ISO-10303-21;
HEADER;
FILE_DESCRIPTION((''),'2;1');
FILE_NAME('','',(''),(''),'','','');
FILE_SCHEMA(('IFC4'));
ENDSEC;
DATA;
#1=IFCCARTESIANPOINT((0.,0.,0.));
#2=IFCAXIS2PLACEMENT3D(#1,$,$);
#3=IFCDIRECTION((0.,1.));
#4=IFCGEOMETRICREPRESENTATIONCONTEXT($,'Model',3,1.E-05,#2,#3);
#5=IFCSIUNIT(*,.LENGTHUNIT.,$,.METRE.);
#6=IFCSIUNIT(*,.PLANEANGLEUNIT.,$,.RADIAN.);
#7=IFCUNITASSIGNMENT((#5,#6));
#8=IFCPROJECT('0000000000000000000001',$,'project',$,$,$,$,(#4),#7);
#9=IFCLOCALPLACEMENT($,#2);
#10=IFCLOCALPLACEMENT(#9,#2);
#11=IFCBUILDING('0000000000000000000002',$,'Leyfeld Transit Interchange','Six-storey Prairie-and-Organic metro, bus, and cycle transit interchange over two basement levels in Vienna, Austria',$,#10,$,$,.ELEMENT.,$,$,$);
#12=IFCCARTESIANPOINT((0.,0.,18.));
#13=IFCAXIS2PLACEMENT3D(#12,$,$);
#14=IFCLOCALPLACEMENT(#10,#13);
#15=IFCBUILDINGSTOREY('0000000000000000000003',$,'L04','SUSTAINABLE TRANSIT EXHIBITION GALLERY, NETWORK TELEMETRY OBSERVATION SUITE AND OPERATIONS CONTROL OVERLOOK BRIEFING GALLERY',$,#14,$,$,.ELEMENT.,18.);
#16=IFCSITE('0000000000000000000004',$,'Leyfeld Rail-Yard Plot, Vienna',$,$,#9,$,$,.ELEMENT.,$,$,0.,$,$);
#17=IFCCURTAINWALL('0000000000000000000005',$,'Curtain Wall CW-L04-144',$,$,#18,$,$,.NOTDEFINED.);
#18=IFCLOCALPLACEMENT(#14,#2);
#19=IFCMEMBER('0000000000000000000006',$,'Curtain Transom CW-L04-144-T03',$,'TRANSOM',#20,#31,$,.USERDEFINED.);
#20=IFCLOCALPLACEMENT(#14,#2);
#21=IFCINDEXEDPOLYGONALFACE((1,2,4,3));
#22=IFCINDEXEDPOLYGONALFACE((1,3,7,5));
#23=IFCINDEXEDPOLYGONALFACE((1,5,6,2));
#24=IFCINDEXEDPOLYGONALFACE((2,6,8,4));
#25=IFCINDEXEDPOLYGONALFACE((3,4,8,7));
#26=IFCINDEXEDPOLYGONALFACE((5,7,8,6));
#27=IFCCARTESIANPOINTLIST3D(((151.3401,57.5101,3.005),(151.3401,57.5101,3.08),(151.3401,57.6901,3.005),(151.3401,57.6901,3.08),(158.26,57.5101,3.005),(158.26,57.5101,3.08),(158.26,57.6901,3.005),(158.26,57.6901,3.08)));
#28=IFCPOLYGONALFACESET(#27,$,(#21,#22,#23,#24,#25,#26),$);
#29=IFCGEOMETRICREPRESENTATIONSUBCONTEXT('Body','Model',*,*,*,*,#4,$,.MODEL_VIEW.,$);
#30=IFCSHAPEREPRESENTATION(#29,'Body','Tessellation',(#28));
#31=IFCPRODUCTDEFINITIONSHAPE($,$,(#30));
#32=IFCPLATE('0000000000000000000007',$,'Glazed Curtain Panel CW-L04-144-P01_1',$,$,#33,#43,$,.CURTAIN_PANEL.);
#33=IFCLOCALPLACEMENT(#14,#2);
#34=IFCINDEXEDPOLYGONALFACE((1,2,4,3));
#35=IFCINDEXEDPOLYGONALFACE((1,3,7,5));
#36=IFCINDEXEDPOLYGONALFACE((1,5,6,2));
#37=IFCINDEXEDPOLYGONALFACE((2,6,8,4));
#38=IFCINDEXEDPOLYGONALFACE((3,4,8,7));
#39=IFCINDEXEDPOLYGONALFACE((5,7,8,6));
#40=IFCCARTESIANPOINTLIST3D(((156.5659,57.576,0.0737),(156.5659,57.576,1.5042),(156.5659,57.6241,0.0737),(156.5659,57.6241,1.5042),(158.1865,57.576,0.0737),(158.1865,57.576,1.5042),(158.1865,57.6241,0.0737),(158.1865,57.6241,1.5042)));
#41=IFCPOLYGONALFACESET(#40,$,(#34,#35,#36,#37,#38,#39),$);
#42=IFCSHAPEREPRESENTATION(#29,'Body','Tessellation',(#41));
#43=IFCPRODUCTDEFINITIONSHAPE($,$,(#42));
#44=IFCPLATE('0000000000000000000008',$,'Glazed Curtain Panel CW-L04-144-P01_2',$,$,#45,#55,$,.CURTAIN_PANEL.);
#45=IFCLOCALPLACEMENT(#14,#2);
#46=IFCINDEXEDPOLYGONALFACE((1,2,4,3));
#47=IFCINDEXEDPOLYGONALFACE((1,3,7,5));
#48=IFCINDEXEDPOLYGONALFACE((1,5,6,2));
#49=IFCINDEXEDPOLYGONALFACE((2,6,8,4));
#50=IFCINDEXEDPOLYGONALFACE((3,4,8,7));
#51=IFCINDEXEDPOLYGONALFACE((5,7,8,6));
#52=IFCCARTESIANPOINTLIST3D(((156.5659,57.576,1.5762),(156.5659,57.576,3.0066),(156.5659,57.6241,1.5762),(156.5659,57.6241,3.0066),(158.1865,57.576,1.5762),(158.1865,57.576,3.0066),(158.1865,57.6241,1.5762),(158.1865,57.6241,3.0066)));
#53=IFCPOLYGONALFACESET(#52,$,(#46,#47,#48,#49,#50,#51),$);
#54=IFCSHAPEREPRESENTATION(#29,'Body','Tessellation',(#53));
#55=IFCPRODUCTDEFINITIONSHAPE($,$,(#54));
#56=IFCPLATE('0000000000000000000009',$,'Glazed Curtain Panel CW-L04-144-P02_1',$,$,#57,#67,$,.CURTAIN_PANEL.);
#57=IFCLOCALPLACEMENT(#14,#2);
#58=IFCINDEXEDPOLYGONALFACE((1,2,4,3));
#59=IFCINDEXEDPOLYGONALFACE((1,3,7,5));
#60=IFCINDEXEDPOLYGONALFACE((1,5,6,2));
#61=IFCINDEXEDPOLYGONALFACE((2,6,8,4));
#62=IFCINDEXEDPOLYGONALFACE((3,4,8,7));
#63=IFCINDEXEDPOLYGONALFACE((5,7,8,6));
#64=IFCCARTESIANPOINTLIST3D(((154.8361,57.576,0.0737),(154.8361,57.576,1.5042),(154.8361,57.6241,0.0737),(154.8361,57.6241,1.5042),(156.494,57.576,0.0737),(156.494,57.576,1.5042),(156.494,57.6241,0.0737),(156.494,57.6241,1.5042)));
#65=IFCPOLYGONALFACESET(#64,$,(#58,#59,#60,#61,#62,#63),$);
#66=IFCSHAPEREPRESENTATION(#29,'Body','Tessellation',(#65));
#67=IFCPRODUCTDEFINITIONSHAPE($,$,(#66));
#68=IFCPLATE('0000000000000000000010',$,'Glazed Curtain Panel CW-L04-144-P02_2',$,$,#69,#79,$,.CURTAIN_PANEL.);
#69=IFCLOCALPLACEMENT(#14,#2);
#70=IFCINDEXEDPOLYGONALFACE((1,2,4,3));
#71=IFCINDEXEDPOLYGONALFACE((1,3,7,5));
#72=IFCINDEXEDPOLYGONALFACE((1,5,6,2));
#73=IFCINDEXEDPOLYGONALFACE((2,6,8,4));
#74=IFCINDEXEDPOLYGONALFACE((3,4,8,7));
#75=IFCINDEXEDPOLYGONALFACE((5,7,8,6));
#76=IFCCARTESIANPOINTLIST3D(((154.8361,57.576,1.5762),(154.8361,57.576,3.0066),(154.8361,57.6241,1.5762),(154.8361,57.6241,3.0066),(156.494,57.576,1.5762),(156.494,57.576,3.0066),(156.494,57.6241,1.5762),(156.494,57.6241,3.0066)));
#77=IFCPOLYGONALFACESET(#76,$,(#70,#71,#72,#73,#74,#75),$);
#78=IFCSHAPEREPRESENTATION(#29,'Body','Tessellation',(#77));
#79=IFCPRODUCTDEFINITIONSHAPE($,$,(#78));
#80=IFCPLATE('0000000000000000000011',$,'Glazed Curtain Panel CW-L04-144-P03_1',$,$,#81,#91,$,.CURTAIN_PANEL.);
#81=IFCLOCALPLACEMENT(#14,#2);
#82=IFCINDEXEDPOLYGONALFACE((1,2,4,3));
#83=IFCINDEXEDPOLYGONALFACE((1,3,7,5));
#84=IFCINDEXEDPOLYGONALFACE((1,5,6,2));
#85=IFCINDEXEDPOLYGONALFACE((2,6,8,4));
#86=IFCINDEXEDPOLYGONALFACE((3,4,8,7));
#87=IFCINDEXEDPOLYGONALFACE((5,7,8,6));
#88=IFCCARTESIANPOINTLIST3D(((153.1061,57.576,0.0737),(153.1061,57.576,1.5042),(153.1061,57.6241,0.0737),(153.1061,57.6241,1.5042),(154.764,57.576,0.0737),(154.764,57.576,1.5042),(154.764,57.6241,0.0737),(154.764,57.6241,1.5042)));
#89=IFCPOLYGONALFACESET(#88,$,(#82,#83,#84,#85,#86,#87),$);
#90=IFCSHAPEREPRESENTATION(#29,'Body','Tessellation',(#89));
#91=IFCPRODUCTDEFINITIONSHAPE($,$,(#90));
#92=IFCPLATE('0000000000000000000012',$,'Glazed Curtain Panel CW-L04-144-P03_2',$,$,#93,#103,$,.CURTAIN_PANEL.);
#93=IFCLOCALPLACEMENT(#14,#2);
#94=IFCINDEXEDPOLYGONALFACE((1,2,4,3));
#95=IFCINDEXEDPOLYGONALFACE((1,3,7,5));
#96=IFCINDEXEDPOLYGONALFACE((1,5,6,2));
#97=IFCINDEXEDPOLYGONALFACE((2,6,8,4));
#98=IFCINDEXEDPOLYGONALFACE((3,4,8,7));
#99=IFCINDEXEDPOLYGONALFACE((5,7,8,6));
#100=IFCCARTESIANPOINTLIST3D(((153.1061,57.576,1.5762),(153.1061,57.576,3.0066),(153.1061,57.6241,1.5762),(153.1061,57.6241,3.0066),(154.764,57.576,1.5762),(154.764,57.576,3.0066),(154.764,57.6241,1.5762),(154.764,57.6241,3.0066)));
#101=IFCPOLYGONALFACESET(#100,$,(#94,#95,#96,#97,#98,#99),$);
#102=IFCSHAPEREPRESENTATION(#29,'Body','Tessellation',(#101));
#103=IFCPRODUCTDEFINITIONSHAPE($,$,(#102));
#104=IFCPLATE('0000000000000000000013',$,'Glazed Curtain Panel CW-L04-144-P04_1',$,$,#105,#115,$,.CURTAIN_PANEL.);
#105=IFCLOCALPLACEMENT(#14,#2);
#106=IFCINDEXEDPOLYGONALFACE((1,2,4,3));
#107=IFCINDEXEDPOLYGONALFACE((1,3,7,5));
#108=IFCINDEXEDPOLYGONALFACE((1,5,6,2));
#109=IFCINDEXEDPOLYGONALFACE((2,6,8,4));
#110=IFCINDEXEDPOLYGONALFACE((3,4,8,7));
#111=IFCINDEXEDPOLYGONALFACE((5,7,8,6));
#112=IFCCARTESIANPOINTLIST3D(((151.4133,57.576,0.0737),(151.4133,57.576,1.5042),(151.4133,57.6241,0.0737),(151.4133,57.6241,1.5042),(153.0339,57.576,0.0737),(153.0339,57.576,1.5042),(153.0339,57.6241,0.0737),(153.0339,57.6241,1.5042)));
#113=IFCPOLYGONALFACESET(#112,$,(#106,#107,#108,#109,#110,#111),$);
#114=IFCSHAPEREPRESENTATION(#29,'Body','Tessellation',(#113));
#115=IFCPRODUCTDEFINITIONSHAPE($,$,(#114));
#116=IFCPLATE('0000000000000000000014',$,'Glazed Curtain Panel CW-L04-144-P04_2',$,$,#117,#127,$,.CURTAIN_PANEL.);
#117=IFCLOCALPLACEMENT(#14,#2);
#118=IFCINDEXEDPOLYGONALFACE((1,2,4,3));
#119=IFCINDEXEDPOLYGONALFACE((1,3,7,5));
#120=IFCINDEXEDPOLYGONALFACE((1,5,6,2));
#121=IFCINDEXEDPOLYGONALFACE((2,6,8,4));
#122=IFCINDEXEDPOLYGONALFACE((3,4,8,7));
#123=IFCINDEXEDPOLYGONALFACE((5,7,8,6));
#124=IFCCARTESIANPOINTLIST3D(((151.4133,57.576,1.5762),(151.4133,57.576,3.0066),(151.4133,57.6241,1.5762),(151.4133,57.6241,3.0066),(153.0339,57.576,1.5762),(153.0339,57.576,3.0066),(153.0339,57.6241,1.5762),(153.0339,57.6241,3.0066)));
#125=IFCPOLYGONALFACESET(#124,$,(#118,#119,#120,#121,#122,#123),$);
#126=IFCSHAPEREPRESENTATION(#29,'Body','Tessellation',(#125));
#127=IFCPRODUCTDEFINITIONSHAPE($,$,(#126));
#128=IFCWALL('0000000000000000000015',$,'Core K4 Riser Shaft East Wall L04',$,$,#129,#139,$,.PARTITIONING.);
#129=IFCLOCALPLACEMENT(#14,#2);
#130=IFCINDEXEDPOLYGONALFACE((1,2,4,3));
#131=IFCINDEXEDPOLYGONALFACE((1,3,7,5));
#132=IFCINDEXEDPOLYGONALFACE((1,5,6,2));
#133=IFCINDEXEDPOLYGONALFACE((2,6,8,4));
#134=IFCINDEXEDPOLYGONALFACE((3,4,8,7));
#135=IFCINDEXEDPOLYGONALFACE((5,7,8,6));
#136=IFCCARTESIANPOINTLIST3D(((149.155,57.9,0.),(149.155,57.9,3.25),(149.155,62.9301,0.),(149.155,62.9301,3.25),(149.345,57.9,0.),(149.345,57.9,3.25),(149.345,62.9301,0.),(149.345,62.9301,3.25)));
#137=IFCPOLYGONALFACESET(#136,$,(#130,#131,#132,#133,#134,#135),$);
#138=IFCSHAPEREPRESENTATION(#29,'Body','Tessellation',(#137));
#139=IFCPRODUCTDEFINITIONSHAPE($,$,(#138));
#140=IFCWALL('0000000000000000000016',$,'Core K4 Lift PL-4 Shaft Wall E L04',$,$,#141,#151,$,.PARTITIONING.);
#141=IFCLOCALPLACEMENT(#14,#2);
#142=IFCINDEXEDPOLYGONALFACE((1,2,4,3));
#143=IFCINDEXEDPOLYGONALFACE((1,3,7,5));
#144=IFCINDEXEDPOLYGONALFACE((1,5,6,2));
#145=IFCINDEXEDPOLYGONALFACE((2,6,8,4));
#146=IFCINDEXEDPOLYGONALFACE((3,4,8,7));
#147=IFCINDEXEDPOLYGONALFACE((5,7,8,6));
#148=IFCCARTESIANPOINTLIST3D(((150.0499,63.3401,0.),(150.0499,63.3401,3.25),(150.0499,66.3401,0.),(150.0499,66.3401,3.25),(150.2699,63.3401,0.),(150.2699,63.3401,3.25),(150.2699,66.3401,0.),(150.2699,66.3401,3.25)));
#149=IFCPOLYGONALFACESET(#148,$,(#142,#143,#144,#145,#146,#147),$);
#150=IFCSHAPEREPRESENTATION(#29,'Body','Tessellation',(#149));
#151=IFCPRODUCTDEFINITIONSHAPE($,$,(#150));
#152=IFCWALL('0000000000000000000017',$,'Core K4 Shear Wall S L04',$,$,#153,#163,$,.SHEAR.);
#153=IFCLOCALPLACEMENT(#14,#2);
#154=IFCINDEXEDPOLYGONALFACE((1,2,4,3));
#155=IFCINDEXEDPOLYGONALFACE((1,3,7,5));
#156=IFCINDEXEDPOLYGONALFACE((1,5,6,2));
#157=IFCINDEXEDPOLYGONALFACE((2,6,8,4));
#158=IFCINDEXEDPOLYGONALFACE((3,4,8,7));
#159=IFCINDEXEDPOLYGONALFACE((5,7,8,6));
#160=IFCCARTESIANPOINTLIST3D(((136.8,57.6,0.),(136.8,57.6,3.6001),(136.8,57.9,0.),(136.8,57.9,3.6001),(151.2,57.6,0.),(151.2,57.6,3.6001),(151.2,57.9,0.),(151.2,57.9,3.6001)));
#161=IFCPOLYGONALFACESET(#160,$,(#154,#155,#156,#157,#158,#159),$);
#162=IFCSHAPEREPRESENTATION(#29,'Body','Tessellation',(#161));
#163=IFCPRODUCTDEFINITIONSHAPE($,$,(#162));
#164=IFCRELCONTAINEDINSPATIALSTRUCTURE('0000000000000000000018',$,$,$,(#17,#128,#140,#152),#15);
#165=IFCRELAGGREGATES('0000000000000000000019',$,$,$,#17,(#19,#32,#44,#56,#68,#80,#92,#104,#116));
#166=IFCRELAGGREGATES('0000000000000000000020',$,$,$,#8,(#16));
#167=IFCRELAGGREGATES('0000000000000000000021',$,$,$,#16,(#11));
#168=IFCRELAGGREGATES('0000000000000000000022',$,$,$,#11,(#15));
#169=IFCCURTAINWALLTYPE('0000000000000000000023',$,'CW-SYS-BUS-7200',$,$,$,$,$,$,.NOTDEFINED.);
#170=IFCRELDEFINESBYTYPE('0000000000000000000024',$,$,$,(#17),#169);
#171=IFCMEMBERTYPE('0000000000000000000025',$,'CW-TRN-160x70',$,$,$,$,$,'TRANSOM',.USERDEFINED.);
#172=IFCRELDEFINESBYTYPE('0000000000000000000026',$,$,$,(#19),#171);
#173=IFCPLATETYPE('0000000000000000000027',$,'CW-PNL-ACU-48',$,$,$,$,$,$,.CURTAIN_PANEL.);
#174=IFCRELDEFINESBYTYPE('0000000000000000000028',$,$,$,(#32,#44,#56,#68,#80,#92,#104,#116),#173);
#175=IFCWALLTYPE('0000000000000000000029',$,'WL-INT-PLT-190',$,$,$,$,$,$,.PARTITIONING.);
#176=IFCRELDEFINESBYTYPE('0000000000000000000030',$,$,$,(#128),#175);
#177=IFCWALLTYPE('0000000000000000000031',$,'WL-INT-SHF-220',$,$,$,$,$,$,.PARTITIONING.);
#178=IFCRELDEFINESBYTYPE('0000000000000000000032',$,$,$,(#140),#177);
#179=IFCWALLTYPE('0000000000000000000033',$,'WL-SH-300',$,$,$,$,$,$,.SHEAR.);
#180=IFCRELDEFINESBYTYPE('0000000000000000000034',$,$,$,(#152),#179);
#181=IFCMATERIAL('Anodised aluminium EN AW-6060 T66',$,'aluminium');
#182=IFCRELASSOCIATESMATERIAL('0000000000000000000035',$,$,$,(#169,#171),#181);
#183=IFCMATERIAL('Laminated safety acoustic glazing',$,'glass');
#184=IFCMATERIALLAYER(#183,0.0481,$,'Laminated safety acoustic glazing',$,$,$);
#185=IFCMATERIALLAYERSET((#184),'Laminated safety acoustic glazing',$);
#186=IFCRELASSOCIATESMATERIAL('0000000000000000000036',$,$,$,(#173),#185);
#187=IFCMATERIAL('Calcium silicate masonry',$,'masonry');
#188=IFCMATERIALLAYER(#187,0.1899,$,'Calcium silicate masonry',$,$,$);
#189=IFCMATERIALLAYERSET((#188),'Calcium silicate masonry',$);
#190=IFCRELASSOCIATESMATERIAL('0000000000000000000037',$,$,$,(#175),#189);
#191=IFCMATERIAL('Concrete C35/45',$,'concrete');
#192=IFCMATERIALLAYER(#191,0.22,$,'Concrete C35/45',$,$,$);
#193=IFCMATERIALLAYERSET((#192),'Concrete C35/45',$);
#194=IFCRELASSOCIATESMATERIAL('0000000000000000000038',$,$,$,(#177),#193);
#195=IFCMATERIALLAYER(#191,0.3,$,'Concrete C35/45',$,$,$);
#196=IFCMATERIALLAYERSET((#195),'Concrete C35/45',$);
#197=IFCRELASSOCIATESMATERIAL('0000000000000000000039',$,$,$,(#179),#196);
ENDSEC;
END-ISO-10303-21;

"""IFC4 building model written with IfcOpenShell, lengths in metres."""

from ifc_helpers import new_model, si_unit, direction, frame, frame_2d, origin, origin_2d, place, context, subcontext, project, spatial, rectangle, extrude, material, layer, layer_set, material_profile, profile_set, type_object, element, aggregate, save


model = new_model("IFC4")

# Units and contexts
model_context = context("Model", 3, precision=1e-05, world=origin(), true_north=direction((0.0, 1.0)))
body_context = subcontext(model_context, "Body", "Model", "MODEL_VIEW")
ifc_project = project(units=[si_unit("LENGTHUNIT", "METRE"), si_unit("PLANEANGLEUNIT", "RADIAN")], contexts=[model_context])

# Site, building, storey
site_placement = place(None, origin())
site = spatial("IfcSite", under=ifc_project, at=site_placement, Name="Leyfeld Rail-Yard Plot, Vienna", CompositionType="ELEMENT", RefElevation=0.0)
building_placement = place(site_placement, origin())
building = spatial("IfcBuilding", under=site, at=building_placement, Name="Leyfeld Transit Interchange", Description="Six-storey Prairie-and-Organic metro, bus, and cycle transit interchange over two basement levels in Vienna, Austria", CompositionType="ELEMENT")
storey_placement = place(building_placement, frame((0.0, 0.0, 18.0)))
storey = spatial("IfcBuildingStorey", under=building, at=storey_placement, Name="L04", Description="SUSTAINABLE TRANSIT EXHIBITION GALLERY, NETWORK TELEMETRY OBSERVATION SUITE AND OPERATIONS CONTROL OVERLOOK BRIEFING GALLERY", CompositionType="ELEMENT", Elevation=18.0)

# Curtain wall, member, plates
ifc_material_1 = material(Name="Anodised aluminium EN AW-6060 T66", Category="aluminium")
curtain_wall_type = type_object("IfcCurtainWallType", Name="CW-SYS-BUS-7200", PredefinedType="NOTDEFINED", material=ifc_material_1)
curtain_wall_placement = place(storey_placement, origin())
curtain_wall = element("IfcCurtainWall", 1, at=curtain_wall_placement, inside=storey, type_object=curtain_wall_type, Name="Curtain Wall CW-L04-144", PredefinedType="NOTDEFINED")
ifc_material_profile_1 = material_profile(ifc_material_1, rectangle(XDim=0.1799, YDim=0.075, at=origin_2d()), Name="CW-TRN-160x70")
ifc_profile_set_1 = profile_set([ifc_material_profile_1], Name="Anodised aluminium EN AW-6060 T66")
member_type_1 = type_object("IfcMemberType", Name="CW-TRN-160x70", ElementType="TRANSOM", PredefinedType="USERDEFINED", material=ifc_profile_set_1)
member_1_placement = place(storey_placement, frame((158.26, 57.6001, 3.0425), z_axis=(-1.0, 0.0, 0.0), x_axis=(0.0, -1.0, 0.0)))
member_1 = element("IfcMember", 2, at=member_1_placement, type_object=member_type_1, Name="Curtain Transom CW-L04-144-T03", ObjectType="TRANSOM", PredefinedType="USERDEFINED", context=body_context, shape_type="SweptSolid", body=[
    extrude(rectangle(XDim=0.1799, YDim=0.075, at=origin_2d()), origin(), (0.0, 0.0, 1.0), 6.9199),
])
ifc_material_2 = material(Name="Laminated safety acoustic glazing", Category="glass")
ifc_layer_1 = layer(ifc_material_2, 0.0481, Name="Laminated safety acoustic glazing")
ifc_layer_set_1 = layer_set([ifc_layer_1], Name="Laminated safety acoustic glazing")
plate_type = type_object("IfcPlateType", Name="CW-PNL-ACU-48", PredefinedType="CURTAIN_PANEL", material=ifc_layer_set_1)
plate_1_placement = place(storey_placement, frame((157.3762, 57.6001, 0.0737), z_axis=(0.0, 0.0, 1.0), x_axis=(-1.0, 0.0, 0.0)))
plate_1 = element("IfcPlate", 3, at=plate_1_placement, type_object=plate_type, Name="Glazed Curtain Panel CW-L04-144-P01_1", PredefinedType="CURTAIN_PANEL", context=body_context, shape_type="SweptSolid", body=[
    extrude(rectangle(XDim=1.6206, YDim=0.0481, at=origin_2d()), origin(), (0.0, 0.0, 1.0), 1.4304),
])
plate_2_placement = place(storey_placement, frame((157.3762, 57.6001, 1.5762), z_axis=(0.0, 0.0, 1.0), x_axis=(-1.0, 0.0, 0.0)))
plate_2 = element("IfcPlate", 4, at=plate_2_placement, type_object=plate_type, Name="Glazed Curtain Panel CW-L04-144-P01_2", PredefinedType="CURTAIN_PANEL", context=body_context, shape_type="SweptSolid", body=[
    extrude(rectangle(XDim=1.6206, YDim=0.0481, at=origin_2d()), origin(), (0.0, 0.0, 1.0), 1.4304),
])
plate_3_placement = place(storey_placement, frame((155.665, 57.6001, 0.0737), z_axis=(0.0, 0.0, 1.0), x_axis=(-1.0, 0.0, 0.0)))
plate_3 = element("IfcPlate", 5, at=plate_3_placement, type_object=plate_type, Name="Glazed Curtain Panel CW-L04-144-P02_1", PredefinedType="CURTAIN_PANEL", context=body_context, shape_type="SweptSolid", body=[
    extrude(rectangle(XDim=1.658, YDim=0.0481, at=origin_2d()), origin(), (0.0, 0.0, 1.0), 1.4304),
])
plate_4_placement = place(storey_placement, frame((155.665, 57.6001, 1.5762), z_axis=(0.0, 0.0, 1.0), x_axis=(-1.0, 0.0, 0.0)))
plate_4 = element("IfcPlate", 6, at=plate_4_placement, type_object=plate_type, Name="Glazed Curtain Panel CW-L04-144-P02_2", PredefinedType="CURTAIN_PANEL", context=body_context, shape_type="SweptSolid", body=[
    extrude(rectangle(XDim=1.658, YDim=0.0481, at=origin_2d()), origin(), (0.0, 0.0, 1.0), 1.4304),
])
plate_5_placement = place(storey_placement, frame((153.9351, 57.6001, 0.0737), z_axis=(0.0, 0.0, 1.0), x_axis=(-1.0, 0.0, 0.0)))
plate_5 = element("IfcPlate", 7, at=plate_5_placement, type_object=plate_type, Name="Glazed Curtain Panel CW-L04-144-P03_1", PredefinedType="CURTAIN_PANEL", context=body_context, shape_type="SweptSolid", body=[
    extrude(rectangle(XDim=1.658, YDim=0.0481, at=origin_2d()), origin(), (0.0, 0.0, 1.0), 1.4304),
])
plate_6_placement = place(storey_placement, frame((153.9351, 57.6001, 1.5762), z_axis=(0.0, 0.0, 1.0), x_axis=(-1.0, 0.0, 0.0)))
plate_6 = element("IfcPlate", 8, at=plate_6_placement, type_object=plate_type, Name="Glazed Curtain Panel CW-L04-144-P03_2", PredefinedType="CURTAIN_PANEL", context=body_context, shape_type="SweptSolid", body=[
    extrude(rectangle(XDim=1.658, YDim=0.0481, at=origin_2d()), origin(), (0.0, 0.0, 1.0), 1.4304),
])
plate_7_placement = place(storey_placement, frame((152.2236, 57.6001, 0.0737), z_axis=(0.0, 0.0, 1.0), x_axis=(-1.0, 0.0, 0.0)))
plate_7 = element("IfcPlate", 9, at=plate_7_placement, type_object=plate_type, Name="Glazed Curtain Panel CW-L04-144-P04_1", PredefinedType="CURTAIN_PANEL", context=body_context, shape_type="SweptSolid", body=[
    extrude(rectangle(XDim=1.6206, YDim=0.0481, at=origin_2d()), origin(), (0.0, 0.0, 1.0), 1.4304),
])
plate_8_placement = place(storey_placement, frame((152.2236, 57.6001, 1.5762), z_axis=(0.0, 0.0, 1.0), x_axis=(-1.0, 0.0, 0.0)))
plate_8 = element("IfcPlate", 10, at=plate_8_placement, type_object=plate_type, Name="Glazed Curtain Panel CW-L04-144-P04_2", PredefinedType="CURTAIN_PANEL", context=body_context, shape_type="SweptSolid", body=[
    extrude(rectangle(XDim=1.6206, YDim=0.0481, at=origin_2d()), origin(), (0.0, 0.0, 1.0), 1.4304),
])
aggregate(curtain_wall, [member_1, plate_1, plate_2, plate_3, plate_4, plate_5, plate_6, plate_7, plate_8])

# Walls
ifc_material_3 = material(Name="Calcium silicate masonry", Category="masonry")
ifc_layer_2 = layer(ifc_material_3, 0.1899, Name="Calcium silicate masonry")
ifc_layer_set_2 = layer_set([ifc_layer_2], Name="Calcium silicate masonry")
wall_type_1 = type_object("IfcWallType", Name="WL-INT-PLT-190", PredefinedType="PARTITIONING", material=ifc_layer_set_2)
wall_1_placement = place(storey_placement, frame((149.25, 57.8999, 0.0), z_axis=(0.0, 0.0, 1.0), x_axis=(0.0, 1.0, 0.0)))
element("IfcWall", 11, at=wall_1_placement, inside=storey, type_object=wall_type_1, Name="Core K4 Riser Shaft East Wall L04", PredefinedType="PARTITIONING", context=body_context, shape_type="SweptSolid", body=[
    extrude(rectangle(XDim=5.03, YDim=0.1899, at=frame_2d((2.5151, 0.0))), origin(), (0.0, 0.0, 1.0), 3.25),
])
ifc_material_4 = material(Name="Concrete C35/45", Category="concrete")
ifc_layer_3 = layer(ifc_material_4, 0.22, Name="Concrete C35/45")
ifc_layer_set_3 = layer_set([ifc_layer_3], Name="Concrete C35/45")
wall_type_2 = type_object("IfcWallType", Name="WL-INT-SHF-220", PredefinedType="PARTITIONING", material=ifc_layer_set_3)
wall_2_placement = place(storey_placement, frame((150.1599, 63.3401, 0.0), z_axis=(0.0, 0.0, 1.0), x_axis=(0.0, 1.0, 0.0)))
element("IfcWall", 12, at=wall_2_placement, inside=storey, type_object=wall_type_2, Name="Core K4 Lift PL-4 Shaft Wall E L04", PredefinedType="PARTITIONING", context=body_context, shape_type="SweptSolid", body=[
    extrude(rectangle(XDim=3.0, YDim=0.22, at=frame_2d((1.5, 0.0))), origin(), (0.0, 0.0, 1.0), 3.25),
])
ifc_layer_4 = layer(ifc_material_4, 0.3, Name="Concrete C35/45")
ifc_layer_set_4 = layer_set([ifc_layer_4], Name="Concrete C35/45")
wall_type_3 = type_object("IfcWallType", Name="WL-SH-300", PredefinedType="SHEAR", material=ifc_layer_set_4)
wall_3_placement = place(storey_placement, frame((151.2, 57.75, 0.0), z_axis=(0.0, 0.0, 1.0), x_axis=(-1.0, 0.0, 0.0)))
element("IfcWall", 13, at=wall_3_placement, inside=storey, type_object=wall_type_3, Name="Core K4 Shear Wall S L04", PredefinedType="SHEAR", context=body_context, shape_type="SweptSolid", body=[
    extrude(rectangle(XDim=14.3999, YDim=0.3, at=frame_2d((7.2, 0.0))), origin(), (0.0, 0.0, 1.0), 3.6001),
])

save(model, "model.ifc")
